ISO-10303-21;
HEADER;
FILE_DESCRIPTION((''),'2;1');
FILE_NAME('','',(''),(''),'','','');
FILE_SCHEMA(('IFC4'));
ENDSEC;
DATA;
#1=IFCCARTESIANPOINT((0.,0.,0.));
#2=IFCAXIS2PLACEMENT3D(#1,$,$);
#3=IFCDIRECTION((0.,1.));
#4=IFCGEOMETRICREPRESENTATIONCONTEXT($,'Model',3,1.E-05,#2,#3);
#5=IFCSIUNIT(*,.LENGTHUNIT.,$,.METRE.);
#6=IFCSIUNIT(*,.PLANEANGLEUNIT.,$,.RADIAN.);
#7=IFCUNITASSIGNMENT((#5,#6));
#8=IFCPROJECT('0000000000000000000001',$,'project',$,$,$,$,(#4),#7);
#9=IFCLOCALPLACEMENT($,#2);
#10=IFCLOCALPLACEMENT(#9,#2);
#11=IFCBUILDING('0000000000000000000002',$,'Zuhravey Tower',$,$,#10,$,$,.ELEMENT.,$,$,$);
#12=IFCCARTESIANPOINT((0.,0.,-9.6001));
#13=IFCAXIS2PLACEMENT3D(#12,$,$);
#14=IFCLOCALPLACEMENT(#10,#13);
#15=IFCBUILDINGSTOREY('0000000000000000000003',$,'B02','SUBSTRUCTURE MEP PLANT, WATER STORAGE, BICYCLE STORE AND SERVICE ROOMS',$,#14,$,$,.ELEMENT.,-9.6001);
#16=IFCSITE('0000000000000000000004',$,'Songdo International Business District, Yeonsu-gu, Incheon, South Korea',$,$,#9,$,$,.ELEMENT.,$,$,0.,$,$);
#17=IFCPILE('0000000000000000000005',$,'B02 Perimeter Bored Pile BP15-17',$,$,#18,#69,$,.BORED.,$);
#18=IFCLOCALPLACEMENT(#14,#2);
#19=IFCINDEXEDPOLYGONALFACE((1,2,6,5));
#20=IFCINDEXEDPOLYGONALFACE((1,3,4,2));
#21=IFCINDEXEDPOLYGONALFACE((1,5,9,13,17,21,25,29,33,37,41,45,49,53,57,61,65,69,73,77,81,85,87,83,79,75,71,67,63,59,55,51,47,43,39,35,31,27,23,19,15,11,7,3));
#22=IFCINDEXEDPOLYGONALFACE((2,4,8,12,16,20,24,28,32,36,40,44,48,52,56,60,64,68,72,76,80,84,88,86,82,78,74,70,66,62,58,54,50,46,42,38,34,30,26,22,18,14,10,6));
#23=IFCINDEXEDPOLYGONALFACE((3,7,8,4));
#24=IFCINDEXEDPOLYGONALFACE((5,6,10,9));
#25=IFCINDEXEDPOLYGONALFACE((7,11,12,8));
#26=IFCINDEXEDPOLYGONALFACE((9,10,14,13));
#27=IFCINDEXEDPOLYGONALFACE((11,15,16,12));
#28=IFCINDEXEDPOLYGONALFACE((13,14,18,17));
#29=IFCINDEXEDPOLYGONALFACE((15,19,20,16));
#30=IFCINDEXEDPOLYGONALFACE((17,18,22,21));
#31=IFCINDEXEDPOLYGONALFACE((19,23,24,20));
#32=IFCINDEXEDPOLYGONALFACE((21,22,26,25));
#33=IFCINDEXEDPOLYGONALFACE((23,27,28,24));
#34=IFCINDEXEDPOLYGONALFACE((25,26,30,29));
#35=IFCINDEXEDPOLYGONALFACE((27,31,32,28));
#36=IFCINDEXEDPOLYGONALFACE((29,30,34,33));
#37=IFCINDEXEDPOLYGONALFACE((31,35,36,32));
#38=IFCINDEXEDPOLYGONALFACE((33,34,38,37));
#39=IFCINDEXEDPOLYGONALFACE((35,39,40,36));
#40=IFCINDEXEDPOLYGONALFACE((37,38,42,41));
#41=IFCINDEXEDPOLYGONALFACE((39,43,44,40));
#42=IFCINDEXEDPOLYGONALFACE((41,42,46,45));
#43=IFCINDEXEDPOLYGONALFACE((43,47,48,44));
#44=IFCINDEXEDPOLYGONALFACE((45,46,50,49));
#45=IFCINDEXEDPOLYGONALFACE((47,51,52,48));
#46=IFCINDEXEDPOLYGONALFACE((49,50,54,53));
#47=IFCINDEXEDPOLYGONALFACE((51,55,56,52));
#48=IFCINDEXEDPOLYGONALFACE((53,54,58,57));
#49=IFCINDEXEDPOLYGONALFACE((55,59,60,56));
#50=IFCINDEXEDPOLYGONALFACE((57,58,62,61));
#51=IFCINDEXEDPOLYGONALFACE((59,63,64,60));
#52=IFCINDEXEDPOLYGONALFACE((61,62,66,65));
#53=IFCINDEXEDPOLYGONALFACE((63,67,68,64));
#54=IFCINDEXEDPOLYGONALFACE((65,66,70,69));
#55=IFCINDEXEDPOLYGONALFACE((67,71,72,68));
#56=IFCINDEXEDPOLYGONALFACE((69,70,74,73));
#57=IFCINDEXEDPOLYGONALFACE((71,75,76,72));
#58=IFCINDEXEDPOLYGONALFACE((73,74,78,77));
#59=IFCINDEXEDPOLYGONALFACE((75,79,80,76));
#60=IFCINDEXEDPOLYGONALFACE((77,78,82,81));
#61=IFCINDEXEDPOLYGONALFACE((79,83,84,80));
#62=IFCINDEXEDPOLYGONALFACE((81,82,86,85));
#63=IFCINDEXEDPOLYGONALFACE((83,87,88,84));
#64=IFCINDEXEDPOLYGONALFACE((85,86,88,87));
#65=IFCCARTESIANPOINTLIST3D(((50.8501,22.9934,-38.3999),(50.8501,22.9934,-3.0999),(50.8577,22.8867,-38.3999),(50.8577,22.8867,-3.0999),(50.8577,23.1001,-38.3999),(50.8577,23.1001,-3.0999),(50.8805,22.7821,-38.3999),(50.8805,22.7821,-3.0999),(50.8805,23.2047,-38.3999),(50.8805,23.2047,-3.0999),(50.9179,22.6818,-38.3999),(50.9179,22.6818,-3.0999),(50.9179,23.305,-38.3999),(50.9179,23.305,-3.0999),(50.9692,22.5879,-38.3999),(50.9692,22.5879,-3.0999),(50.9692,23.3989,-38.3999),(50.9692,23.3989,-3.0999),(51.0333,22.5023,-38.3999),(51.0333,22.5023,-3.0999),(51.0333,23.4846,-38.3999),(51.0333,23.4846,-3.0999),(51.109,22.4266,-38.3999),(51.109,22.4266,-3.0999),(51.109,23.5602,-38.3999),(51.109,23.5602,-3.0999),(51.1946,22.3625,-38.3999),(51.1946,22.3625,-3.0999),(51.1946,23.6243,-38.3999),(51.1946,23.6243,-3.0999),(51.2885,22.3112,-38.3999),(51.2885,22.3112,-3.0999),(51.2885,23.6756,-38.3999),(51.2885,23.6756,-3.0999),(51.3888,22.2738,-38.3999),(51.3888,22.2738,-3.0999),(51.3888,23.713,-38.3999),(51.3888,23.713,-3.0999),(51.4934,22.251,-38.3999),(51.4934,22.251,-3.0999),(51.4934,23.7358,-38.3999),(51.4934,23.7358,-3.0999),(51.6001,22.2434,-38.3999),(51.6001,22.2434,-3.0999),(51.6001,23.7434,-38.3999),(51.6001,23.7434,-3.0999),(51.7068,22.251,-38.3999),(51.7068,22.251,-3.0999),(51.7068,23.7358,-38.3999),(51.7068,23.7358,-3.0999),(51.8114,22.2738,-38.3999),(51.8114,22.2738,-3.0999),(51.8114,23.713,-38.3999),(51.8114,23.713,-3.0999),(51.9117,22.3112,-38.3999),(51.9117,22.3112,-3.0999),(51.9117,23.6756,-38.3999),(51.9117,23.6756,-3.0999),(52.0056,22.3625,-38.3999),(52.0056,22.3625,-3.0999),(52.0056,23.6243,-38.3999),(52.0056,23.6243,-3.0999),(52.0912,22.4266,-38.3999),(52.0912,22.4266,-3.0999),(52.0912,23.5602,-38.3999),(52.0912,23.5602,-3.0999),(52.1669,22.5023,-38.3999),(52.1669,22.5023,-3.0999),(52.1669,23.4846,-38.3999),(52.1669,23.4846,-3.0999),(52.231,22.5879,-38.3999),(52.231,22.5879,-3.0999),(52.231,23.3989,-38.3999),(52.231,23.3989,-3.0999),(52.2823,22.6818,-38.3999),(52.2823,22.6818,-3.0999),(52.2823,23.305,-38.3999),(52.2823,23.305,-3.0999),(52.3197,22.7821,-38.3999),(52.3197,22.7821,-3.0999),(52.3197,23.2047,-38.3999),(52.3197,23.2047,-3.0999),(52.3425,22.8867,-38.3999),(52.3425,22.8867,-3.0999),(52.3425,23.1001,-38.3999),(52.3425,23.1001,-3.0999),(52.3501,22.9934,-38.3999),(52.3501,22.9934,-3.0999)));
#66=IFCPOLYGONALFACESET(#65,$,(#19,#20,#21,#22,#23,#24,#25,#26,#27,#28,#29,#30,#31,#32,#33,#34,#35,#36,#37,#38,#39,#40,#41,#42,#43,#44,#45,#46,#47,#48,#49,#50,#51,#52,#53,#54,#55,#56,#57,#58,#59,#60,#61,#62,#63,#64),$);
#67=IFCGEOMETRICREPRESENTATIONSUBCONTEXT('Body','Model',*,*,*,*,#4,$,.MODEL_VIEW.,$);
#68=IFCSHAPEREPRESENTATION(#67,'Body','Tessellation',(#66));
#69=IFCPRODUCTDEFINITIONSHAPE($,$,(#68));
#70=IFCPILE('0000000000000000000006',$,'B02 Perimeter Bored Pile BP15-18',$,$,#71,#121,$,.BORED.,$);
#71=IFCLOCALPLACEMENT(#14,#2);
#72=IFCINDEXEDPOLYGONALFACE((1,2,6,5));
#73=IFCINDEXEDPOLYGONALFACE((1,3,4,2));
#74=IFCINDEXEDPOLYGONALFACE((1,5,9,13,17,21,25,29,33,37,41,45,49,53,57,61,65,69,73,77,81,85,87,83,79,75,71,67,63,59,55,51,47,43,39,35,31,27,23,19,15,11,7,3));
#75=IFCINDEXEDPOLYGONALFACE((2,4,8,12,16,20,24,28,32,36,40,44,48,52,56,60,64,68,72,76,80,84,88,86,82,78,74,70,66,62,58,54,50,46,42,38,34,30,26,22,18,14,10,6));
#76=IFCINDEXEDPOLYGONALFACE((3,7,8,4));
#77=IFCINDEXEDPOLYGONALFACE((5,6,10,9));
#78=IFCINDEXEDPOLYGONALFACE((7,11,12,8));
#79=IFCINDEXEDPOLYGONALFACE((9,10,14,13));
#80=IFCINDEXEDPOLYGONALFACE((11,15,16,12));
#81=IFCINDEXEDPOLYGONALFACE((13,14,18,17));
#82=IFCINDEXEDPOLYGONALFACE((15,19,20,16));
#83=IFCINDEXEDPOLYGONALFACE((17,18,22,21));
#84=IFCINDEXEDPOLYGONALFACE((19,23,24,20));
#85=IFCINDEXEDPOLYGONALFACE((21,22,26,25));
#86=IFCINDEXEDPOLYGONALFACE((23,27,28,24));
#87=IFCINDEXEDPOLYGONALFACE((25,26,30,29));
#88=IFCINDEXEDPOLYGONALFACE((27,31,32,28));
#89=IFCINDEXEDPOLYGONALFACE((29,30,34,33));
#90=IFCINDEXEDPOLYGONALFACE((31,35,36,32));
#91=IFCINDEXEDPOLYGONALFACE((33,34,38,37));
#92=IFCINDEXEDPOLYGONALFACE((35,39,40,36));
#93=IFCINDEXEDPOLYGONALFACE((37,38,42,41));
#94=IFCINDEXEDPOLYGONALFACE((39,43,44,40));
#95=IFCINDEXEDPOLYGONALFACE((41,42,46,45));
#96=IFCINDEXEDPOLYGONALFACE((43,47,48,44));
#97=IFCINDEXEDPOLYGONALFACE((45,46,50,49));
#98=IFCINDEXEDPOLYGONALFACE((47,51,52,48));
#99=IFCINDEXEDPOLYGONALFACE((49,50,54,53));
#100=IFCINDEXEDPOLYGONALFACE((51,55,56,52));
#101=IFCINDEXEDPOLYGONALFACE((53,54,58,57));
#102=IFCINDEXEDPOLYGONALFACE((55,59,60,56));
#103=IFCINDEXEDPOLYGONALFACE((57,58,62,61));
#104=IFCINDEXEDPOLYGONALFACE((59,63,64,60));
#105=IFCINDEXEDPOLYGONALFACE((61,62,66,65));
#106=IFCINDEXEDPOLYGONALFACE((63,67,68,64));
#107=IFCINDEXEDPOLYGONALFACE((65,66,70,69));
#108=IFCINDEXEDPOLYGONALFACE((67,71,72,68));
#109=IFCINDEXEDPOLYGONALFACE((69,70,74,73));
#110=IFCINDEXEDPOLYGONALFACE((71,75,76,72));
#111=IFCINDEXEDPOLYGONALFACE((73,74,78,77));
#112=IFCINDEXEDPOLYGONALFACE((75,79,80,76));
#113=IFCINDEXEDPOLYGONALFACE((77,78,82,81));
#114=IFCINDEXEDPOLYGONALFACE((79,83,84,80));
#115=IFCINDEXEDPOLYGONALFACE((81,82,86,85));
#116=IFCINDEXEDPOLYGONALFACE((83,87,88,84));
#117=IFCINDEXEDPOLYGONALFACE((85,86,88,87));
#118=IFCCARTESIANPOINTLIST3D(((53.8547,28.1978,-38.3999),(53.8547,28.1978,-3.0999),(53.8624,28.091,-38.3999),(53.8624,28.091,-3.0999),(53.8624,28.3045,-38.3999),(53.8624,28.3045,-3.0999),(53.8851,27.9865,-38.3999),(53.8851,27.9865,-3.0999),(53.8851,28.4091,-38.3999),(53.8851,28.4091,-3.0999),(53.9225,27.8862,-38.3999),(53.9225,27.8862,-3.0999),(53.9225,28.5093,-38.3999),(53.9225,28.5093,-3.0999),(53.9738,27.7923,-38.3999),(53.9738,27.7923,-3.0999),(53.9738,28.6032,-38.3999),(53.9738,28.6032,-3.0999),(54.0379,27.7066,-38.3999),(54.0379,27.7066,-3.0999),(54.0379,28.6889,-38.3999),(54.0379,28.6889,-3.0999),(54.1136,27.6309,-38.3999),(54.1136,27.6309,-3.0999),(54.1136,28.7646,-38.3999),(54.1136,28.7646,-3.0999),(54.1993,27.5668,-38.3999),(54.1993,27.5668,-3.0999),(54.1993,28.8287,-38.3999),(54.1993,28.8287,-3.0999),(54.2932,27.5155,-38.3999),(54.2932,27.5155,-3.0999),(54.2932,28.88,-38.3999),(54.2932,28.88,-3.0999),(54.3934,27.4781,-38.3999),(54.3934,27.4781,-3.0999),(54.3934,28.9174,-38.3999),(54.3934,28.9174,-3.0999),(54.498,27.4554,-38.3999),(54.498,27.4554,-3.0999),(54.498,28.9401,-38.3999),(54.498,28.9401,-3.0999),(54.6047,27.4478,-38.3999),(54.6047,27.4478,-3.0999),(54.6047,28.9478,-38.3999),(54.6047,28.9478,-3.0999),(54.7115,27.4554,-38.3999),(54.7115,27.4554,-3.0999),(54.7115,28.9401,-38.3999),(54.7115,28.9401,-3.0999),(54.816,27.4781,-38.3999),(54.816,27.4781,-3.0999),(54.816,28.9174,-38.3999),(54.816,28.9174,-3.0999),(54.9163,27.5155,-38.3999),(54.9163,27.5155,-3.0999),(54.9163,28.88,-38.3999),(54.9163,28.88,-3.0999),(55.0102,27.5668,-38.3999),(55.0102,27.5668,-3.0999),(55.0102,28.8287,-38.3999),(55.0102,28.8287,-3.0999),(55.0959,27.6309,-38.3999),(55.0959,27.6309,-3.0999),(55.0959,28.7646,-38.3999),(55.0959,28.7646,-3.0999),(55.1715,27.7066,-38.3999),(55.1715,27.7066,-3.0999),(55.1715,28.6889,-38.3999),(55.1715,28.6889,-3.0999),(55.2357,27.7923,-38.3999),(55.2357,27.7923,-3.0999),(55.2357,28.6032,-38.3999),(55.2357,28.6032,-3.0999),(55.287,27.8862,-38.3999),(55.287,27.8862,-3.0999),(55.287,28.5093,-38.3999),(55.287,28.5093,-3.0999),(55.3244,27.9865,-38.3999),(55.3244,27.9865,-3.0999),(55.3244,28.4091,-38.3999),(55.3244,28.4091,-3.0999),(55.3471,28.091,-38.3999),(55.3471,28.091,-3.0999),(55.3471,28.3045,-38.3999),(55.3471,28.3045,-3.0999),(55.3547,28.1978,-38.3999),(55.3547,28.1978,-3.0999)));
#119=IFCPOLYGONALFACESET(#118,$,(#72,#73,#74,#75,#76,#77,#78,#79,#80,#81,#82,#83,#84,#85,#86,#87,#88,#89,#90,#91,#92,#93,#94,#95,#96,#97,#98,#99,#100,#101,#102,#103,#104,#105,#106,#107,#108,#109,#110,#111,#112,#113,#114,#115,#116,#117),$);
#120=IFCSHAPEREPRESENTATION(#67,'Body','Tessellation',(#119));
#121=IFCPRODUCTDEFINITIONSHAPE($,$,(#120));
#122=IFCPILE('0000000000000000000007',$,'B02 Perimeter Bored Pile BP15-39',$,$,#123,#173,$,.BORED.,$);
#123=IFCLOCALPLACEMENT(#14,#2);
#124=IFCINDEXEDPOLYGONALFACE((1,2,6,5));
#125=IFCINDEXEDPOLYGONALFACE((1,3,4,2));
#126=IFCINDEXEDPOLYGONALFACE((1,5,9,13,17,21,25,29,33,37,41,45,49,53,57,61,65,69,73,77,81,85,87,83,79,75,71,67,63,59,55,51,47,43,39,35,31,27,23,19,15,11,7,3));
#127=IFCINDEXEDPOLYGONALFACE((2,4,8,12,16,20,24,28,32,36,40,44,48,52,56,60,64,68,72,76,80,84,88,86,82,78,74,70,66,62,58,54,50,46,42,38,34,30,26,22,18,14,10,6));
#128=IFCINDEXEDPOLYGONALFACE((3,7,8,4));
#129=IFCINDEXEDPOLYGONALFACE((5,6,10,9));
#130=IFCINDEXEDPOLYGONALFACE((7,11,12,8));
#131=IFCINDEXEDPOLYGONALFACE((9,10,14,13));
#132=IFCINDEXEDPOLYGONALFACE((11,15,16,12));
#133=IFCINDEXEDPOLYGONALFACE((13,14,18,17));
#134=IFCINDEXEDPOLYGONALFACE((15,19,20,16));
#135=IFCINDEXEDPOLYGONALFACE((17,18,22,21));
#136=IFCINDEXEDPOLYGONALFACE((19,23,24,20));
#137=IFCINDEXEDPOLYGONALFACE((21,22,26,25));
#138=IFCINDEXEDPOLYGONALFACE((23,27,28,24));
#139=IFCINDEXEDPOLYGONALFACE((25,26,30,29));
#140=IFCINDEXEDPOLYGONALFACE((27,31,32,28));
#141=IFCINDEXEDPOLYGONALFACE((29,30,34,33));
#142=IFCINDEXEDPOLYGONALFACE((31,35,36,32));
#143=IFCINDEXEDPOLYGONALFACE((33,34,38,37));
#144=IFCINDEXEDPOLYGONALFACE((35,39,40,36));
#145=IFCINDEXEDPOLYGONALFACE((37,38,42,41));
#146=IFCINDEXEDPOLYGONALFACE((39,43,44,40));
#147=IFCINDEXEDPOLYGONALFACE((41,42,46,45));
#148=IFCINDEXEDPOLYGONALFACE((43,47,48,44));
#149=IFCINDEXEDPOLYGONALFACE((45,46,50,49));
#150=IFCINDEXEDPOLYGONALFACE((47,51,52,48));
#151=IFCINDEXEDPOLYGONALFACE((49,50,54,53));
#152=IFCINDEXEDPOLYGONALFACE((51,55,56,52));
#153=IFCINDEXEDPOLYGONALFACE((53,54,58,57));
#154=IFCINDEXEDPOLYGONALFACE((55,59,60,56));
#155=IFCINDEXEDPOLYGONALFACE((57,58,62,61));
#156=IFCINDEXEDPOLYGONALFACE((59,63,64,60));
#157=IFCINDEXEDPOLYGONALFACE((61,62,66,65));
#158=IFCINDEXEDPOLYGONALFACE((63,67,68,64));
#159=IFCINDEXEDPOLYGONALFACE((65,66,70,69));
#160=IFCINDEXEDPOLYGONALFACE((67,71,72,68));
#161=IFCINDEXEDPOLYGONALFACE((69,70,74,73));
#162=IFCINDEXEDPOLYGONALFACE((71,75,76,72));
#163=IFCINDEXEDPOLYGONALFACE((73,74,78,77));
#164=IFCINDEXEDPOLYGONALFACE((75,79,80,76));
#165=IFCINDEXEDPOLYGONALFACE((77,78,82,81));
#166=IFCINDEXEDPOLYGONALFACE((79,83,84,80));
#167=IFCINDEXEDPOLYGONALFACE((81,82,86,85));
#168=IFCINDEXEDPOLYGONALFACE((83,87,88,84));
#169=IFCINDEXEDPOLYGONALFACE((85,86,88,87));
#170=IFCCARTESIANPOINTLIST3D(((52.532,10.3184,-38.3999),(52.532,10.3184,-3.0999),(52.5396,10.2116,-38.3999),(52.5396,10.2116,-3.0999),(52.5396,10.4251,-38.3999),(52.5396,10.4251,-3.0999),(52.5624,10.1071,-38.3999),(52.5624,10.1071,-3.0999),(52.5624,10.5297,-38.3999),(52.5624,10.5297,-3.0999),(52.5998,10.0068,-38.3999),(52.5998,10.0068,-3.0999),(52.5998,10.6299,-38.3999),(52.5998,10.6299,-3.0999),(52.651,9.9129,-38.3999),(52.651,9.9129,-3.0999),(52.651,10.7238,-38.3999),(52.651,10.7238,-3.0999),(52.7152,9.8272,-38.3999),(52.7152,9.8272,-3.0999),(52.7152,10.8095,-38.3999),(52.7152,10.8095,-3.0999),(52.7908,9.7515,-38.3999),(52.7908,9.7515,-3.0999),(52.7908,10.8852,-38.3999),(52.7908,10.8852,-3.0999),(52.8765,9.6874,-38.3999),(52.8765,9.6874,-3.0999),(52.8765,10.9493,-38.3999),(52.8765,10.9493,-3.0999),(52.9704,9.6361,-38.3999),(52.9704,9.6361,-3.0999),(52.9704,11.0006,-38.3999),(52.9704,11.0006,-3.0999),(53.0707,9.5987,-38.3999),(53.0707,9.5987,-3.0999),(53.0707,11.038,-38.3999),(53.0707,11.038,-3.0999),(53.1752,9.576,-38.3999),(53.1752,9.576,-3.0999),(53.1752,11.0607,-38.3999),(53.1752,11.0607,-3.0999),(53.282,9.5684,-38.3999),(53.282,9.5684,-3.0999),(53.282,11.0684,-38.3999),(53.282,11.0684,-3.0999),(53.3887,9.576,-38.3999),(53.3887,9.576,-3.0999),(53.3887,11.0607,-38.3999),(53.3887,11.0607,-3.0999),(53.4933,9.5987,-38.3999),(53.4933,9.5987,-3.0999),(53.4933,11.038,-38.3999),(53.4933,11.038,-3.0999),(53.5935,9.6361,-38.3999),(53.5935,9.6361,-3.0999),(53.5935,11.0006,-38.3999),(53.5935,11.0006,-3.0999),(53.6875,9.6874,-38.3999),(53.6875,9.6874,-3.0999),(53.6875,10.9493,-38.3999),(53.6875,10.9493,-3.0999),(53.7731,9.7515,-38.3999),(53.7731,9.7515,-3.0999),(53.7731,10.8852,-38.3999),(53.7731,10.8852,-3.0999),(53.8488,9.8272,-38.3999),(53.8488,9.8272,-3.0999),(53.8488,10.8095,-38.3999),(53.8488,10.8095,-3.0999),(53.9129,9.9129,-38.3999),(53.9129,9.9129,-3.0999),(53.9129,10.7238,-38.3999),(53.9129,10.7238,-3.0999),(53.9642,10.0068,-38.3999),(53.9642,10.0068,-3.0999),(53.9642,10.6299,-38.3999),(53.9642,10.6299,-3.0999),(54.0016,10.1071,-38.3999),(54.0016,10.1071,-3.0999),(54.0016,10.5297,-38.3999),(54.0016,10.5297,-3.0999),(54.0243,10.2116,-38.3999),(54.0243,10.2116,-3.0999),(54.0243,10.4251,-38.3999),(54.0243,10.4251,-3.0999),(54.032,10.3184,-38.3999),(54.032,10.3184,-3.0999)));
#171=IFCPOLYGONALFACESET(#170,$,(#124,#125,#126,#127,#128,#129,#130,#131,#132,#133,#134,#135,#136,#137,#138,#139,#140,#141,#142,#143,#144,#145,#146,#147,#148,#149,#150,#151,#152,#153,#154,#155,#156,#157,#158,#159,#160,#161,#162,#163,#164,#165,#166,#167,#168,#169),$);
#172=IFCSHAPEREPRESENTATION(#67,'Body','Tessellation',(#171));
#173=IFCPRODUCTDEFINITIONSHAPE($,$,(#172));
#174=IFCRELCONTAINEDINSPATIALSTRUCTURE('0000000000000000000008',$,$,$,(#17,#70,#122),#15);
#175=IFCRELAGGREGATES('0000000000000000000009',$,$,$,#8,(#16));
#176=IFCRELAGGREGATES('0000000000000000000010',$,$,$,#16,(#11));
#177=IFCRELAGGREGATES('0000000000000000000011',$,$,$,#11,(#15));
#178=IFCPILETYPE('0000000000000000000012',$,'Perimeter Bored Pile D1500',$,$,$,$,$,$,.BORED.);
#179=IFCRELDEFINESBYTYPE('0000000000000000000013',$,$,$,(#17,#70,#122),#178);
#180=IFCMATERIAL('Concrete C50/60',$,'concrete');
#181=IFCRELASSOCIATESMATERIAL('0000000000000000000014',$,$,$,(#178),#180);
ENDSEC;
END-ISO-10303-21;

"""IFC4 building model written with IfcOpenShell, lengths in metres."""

from ifc_helpers import new_model, si_unit, direction, frame, origin, origin_2d, place, context, subcontext, project, spatial, circle, extrude, material, material_profile, profile_set, type_object, element, save


model = new_model("IFC4")

# Units and contexts
model_context = context("Model", 3, precision=1e-05, world=origin(), true_north=direction((0.0, 1.0)))
body_context = subcontext(model_context, "Body", "Model", "MODEL_VIEW")
ifc_project = project(units=[si_unit("LENGTHUNIT", "METRE"), si_unit("PLANEANGLEUNIT", "RADIAN")], contexts=[model_context])

# Site, building, storey
site_placement = place(None, origin())
site = spatial("IfcSite", under=ifc_project, at=site_placement, Name="Songdo International Business District, Yeonsu-gu, Incheon, South Korea", CompositionType="ELEMENT", RefElevation=0.0)
building_placement = place(site_placement, origin())
building = spatial("IfcBuilding", under=site, at=building_placement, Name="Zuhravey Tower", CompositionType="ELEMENT")
storey_placement = place(building_placement, frame((0.0, 0.0, -9.6001)))
storey = spatial("IfcBuildingStorey", under=building, at=storey_placement, Name="B02", Description="SUBSTRUCTURE MEP PLANT, WATER STORAGE, BICYCLE STORE AND SERVICE ROOMS", CompositionType="ELEMENT", Elevation=-9.6001)

# Piles
ifc_material_1 = material(Name="Concrete C50/60", Category="concrete")
ifc_material_profile_1 = material_profile(ifc_material_1, circle(Radius=0.75, at=origin_2d()), Name="PILE-D1500")
ifc_profile_set_1 = profile_set([ifc_material_profile_1], Name="Concrete C50/60")
pile_type_1 = type_object("IfcPileType", Name="Perimeter Bored Pile D1500", PredefinedType="BORED", material=ifc_profile_set_1)
for number, where, z_axis, x_axis, name in (
    (1, (51.6001, 22.9934, -3.0999), (0.0, 0.0, -1.0), (1.0, 0.0, 0.0), "B02 Perimeter Bored Pile BP15-17"),
    (2, (54.6047, 28.1978, -3.0999), (0.0, 0.0, -1.0), (1.0, 0.0, 0.0), "B02 Perimeter Bored Pile BP15-18"),
    (3, (53.282, 10.3184, -3.0999), (0.0, 0.0, -1.0), (1.0, 0.0, 0.0), "B02 Perimeter Bored Pile BP15-39"),
):
    element("IfcPile", number, at=place(storey_placement, frame(where, z_axis=z_axis, x_axis=x_axis)), inside=storey, type_object=pile_type_1, Name=name, PredefinedType="BORED", context=body_context, shape_type="SweptSolid", body=[
        extrude(circle(Radius=0.75, at=origin_2d()), origin(), (0.0, 0.0, 1.0), 35.3),
    ])

save(model, "model.ifc")
